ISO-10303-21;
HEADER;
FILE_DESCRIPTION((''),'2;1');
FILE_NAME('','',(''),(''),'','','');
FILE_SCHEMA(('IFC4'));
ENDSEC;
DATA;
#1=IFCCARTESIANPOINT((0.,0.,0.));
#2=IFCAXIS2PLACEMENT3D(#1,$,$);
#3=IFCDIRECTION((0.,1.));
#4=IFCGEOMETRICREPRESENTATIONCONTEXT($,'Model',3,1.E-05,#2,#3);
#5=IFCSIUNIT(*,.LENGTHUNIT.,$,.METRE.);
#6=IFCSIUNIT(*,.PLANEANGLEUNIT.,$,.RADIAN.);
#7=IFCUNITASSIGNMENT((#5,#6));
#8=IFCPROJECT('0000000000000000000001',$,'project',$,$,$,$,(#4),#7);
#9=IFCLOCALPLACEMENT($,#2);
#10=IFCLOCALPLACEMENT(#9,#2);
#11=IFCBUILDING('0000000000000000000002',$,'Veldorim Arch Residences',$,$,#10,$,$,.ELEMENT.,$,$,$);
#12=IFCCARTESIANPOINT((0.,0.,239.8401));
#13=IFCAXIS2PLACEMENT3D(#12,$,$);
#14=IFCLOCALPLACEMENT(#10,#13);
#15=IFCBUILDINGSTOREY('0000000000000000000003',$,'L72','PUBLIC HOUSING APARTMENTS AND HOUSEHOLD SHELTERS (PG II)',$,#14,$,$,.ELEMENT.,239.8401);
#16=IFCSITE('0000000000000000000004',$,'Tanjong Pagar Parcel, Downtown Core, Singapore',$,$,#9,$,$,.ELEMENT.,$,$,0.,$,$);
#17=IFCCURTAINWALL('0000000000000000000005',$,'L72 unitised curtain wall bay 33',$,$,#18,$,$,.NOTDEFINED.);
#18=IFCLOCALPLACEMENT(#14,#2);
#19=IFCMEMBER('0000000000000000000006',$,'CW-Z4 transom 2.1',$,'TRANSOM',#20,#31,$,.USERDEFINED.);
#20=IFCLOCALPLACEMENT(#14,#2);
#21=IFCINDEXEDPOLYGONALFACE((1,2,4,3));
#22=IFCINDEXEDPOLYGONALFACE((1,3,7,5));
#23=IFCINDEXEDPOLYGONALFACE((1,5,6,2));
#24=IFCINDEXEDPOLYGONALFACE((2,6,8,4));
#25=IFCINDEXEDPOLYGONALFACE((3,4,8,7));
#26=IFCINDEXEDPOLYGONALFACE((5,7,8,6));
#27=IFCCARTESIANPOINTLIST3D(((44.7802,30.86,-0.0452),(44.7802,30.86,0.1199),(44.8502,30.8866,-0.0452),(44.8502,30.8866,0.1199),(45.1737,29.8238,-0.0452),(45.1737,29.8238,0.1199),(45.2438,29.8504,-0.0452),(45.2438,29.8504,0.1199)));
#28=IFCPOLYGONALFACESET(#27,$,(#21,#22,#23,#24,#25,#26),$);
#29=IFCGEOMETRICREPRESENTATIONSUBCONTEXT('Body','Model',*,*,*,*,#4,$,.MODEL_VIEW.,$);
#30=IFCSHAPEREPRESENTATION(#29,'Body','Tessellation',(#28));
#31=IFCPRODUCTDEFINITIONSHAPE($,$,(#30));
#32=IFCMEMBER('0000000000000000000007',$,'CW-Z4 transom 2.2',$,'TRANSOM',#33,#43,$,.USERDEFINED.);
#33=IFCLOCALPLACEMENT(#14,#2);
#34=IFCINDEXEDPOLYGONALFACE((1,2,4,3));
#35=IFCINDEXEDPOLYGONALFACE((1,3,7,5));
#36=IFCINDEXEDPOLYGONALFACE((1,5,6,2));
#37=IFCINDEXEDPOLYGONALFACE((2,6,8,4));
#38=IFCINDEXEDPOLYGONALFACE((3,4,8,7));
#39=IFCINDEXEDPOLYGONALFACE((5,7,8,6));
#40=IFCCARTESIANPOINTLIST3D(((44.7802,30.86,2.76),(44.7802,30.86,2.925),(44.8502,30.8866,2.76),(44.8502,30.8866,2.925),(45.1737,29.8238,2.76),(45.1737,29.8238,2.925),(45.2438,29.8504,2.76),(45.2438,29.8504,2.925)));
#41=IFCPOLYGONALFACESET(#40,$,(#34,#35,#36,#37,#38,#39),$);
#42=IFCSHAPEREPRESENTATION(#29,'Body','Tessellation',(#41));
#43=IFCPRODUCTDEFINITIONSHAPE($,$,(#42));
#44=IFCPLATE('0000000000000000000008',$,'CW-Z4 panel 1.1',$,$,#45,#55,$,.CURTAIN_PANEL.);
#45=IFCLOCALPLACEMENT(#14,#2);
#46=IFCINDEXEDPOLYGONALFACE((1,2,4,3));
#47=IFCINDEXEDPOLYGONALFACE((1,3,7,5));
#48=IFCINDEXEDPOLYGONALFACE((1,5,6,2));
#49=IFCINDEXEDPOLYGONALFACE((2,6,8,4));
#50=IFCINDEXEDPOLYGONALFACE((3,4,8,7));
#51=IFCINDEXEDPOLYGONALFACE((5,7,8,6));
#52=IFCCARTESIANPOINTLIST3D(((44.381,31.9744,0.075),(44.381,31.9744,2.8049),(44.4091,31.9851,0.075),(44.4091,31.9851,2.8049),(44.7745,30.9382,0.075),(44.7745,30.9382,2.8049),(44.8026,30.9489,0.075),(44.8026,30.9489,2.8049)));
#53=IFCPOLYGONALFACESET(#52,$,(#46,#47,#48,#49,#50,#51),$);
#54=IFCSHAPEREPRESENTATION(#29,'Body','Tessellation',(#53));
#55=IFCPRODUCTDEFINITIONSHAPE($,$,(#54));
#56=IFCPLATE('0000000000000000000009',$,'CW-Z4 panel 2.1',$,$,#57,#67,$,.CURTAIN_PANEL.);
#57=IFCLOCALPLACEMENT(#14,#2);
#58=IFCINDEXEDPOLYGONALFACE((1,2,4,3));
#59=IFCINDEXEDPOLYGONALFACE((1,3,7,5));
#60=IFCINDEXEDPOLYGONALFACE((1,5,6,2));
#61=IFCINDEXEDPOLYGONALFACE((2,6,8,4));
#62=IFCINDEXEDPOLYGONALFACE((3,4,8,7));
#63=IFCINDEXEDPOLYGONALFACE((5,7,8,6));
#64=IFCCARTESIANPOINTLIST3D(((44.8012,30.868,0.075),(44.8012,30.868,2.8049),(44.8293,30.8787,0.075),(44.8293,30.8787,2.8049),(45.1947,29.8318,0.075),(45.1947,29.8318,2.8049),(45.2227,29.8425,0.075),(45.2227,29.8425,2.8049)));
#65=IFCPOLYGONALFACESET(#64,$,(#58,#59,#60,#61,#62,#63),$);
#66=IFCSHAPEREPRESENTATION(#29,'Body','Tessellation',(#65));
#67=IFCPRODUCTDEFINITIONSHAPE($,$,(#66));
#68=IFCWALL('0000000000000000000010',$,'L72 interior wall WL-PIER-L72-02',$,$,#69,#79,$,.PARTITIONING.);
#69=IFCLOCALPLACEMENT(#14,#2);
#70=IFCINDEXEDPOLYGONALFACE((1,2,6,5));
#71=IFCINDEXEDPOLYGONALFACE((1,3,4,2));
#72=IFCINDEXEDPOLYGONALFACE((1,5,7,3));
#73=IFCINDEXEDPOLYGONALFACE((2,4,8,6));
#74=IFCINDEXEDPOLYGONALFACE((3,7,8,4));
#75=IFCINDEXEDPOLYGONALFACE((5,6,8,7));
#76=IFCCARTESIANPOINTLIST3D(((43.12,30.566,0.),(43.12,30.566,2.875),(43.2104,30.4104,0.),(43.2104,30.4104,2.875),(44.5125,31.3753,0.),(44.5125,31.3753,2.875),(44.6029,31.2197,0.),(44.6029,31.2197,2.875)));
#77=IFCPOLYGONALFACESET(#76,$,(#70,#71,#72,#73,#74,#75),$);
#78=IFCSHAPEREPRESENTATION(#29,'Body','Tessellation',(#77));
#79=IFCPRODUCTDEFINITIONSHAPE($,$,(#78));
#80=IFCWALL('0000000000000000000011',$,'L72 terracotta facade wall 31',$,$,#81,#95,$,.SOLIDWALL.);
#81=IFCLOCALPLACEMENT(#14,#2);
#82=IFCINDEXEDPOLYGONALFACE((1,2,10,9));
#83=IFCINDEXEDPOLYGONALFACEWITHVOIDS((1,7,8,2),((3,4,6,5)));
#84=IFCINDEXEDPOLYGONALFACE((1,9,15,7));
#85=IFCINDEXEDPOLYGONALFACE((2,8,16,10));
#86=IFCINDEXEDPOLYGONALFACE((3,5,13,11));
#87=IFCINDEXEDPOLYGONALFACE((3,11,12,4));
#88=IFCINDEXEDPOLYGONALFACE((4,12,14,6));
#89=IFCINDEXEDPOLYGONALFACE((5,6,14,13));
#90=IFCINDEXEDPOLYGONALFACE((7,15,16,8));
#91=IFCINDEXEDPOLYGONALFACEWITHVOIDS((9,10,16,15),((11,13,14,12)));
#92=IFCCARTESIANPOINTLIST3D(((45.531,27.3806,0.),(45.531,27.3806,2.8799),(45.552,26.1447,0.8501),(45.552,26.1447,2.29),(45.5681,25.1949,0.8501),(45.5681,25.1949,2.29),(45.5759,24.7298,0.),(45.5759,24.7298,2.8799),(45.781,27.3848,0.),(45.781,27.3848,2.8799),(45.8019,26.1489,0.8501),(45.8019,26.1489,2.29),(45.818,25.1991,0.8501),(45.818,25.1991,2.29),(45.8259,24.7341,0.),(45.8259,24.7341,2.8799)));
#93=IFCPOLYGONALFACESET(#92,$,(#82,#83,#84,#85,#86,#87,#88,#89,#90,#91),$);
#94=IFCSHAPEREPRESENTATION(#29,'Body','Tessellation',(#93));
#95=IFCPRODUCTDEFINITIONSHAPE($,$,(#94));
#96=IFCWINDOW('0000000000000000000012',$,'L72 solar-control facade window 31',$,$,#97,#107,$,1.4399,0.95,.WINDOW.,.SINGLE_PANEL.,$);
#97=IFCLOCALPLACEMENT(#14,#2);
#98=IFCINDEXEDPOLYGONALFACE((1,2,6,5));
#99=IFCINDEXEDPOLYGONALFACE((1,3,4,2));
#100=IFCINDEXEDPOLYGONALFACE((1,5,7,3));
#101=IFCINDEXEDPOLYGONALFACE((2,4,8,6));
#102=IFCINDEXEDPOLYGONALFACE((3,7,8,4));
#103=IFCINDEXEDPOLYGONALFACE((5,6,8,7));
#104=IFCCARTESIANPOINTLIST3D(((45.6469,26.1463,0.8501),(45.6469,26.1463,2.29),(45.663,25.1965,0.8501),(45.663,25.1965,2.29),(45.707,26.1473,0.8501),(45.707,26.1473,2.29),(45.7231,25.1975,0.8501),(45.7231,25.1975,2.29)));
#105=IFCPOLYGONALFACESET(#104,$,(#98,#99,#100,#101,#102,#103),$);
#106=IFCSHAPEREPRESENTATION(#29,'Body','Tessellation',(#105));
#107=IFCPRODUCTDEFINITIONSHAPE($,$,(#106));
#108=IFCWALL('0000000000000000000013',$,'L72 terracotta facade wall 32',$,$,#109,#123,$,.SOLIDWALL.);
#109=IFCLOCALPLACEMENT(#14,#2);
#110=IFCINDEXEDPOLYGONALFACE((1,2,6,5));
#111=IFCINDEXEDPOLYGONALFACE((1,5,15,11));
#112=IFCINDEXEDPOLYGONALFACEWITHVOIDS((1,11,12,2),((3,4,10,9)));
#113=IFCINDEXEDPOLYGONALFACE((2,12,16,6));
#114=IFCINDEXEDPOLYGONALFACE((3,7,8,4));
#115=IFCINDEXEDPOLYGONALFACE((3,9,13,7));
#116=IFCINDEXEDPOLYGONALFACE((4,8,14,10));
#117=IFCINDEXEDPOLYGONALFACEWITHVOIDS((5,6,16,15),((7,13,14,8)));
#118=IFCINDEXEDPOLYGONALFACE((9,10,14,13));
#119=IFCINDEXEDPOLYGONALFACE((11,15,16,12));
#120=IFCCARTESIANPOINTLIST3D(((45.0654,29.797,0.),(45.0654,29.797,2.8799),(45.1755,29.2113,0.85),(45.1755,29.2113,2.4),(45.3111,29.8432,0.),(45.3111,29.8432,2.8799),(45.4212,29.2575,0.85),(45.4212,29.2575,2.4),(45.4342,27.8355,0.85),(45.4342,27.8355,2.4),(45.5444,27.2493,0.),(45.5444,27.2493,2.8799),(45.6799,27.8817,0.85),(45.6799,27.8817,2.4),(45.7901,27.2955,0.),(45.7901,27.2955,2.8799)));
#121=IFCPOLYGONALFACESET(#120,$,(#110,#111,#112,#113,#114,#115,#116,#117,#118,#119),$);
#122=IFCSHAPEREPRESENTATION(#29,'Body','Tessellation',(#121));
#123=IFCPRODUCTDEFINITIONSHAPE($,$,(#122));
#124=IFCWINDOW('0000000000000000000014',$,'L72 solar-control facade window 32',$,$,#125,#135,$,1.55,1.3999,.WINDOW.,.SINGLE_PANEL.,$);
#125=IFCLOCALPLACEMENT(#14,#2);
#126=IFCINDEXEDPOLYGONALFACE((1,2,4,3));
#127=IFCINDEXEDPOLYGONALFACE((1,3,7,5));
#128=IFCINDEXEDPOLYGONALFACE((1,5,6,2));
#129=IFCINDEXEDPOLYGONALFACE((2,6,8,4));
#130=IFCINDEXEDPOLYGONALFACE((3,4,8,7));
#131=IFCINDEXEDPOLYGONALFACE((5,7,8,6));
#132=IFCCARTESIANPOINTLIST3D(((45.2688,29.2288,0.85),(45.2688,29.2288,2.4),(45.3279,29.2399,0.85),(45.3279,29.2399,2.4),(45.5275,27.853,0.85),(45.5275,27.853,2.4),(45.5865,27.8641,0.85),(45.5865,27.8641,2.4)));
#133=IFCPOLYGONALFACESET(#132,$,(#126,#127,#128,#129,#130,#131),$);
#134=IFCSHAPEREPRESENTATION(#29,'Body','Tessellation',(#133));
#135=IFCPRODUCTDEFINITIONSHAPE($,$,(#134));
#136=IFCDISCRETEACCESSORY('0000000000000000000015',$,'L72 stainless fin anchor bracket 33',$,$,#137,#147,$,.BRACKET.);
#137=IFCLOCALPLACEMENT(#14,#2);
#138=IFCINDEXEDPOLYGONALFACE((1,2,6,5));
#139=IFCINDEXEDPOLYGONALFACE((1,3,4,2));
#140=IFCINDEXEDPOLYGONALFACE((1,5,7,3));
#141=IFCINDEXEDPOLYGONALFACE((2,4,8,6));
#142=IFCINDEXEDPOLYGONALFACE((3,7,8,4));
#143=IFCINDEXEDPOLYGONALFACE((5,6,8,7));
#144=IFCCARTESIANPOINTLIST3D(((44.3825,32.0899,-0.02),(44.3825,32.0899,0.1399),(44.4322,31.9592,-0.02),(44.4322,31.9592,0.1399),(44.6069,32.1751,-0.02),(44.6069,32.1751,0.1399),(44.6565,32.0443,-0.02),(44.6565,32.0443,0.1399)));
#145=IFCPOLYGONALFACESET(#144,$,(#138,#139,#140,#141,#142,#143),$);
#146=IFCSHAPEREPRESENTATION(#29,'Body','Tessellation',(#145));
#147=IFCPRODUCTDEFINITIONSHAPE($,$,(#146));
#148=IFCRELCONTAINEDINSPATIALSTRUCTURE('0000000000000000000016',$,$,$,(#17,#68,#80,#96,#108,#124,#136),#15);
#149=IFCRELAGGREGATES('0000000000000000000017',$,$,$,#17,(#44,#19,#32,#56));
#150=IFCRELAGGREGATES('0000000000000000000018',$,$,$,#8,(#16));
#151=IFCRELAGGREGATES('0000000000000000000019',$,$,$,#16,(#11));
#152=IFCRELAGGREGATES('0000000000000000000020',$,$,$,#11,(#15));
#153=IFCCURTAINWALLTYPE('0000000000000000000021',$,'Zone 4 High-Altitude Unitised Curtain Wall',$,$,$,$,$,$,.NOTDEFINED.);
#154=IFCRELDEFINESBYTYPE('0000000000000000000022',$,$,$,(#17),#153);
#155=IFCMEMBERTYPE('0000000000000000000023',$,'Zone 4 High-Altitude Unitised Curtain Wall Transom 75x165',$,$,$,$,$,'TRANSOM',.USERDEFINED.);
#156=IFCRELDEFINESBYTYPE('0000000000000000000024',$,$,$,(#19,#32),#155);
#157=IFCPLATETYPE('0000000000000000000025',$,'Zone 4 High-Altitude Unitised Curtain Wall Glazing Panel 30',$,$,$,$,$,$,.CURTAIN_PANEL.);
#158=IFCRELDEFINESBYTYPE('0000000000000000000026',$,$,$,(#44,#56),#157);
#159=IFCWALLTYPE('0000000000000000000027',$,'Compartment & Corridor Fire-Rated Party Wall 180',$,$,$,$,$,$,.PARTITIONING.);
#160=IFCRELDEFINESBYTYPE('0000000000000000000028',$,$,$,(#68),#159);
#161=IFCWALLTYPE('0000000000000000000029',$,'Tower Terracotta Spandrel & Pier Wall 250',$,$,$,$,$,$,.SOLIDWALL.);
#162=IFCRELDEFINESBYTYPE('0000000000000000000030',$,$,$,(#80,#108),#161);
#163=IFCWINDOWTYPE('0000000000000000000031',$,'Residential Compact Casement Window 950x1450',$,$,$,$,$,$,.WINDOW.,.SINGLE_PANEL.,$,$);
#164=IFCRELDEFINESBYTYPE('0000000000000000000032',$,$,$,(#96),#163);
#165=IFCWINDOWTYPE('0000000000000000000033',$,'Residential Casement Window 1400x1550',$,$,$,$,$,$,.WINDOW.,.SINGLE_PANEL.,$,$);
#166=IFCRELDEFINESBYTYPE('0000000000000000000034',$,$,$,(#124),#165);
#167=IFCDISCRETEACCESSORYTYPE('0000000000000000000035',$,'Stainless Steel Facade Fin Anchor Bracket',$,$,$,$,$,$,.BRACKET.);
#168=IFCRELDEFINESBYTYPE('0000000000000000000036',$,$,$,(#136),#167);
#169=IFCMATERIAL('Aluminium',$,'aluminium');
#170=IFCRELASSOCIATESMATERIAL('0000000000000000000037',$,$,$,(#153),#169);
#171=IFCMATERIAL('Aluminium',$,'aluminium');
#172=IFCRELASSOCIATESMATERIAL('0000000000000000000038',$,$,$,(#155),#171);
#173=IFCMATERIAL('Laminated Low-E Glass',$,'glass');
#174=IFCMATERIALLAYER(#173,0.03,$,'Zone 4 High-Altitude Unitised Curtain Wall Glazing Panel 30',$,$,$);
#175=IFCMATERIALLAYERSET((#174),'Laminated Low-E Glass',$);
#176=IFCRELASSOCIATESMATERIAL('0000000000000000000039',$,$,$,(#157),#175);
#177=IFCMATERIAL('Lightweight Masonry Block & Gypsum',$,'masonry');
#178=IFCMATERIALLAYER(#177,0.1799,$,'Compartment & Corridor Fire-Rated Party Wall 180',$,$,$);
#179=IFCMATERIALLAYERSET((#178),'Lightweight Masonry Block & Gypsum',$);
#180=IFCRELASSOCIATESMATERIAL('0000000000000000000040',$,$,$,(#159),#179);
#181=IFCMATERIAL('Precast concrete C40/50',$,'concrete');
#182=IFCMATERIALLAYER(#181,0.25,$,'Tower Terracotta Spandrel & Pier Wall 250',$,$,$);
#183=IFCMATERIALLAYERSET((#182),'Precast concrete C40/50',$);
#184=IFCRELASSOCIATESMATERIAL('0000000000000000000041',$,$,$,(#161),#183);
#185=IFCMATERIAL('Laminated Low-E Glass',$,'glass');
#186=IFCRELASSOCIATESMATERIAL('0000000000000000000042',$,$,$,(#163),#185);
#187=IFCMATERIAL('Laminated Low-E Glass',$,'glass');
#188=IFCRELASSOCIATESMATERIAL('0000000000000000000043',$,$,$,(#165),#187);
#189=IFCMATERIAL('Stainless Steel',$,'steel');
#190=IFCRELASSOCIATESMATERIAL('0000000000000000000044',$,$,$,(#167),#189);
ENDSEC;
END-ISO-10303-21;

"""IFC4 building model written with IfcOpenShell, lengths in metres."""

from ifc_helpers import new_model, si_unit, direction, frame, frame_2d, origin, origin_2d, place, context, subcontext, project, spatial, rectangle, extrude, material, layer, layer_set, material_profile, profile_set, type_object, element, fill, aggregate, save


model = new_model("IFC4")

# Units and contexts
model_context = context("Model", 3, precision=1e-05, world=origin(), true_north=direction((0.0, 1.0)))
body_context = subcontext(model_context, "Body", "Model", "MODEL_VIEW")
ifc_project = project(units=[si_unit("LENGTHUNIT", "METRE"), si_unit("PLANEANGLEUNIT", "RADIAN")], contexts=[model_context])

# Site, building, storey
site_placement = place(None, origin())
site = spatial("IfcSite", under=ifc_project, at=site_placement, Name="Tanjong Pagar Parcel, Downtown Core, Singapore", CompositionType="ELEMENT", RefElevation=0.0)
building_placement = place(site_placement, origin())
building = spatial("IfcBuilding", under=site, at=building_placement, Name="Veldorim Arch Residences", CompositionType="ELEMENT")
storey_placement = place(building_placement, frame((0.0, 0.0, 239.8401)))
storey = spatial("IfcBuildingStorey", under=building, at=storey_placement, Name="L72", Description="PUBLIC HOUSING APARTMENTS AND HOUSEHOLD SHELTERS (PG II)", CompositionType="ELEMENT", Elevation=239.8401)

# Curtain wall, members, plates
ifc_material_1 = material(Name="Aluminium", Category="aluminium")
curtain_wall_type = type_object("IfcCurtainWallType", Name="Zone 4 High-Altitude Unitised Curtain Wall", PredefinedType="NOTDEFINED", material=ifc_material_1)
curtain_wall_placement = place(storey_placement, origin())
curtain_wall = element("IfcCurtainWall", 1, at=curtain_wall_placement, inside=storey, type_object=curtain_wall_type, Name="L72 unitised curtain wall bay 33", PredefinedType="NOTDEFINED")
ifc_material_2 = material(Name="Aluminium", Category="aluminium")
ifc_material_profile_1 = material_profile(ifc_material_2, rectangle(XDim=0.075, YDim=0.165, at=origin_2d()), Name="ALU_TRN_75x165")
ifc_profile_set_1 = profile_set([ifc_material_profile_1], Name="Aluminium")
member_type_1 = type_object("IfcMemberType", Name="Zone 4 High-Altitude Unitised Curtain Wall Transom 75x165", ElementType="TRANSOM", PredefinedType="USERDEFINED", material=ifc_profile_set_1)
member_1_placement = place(storey_placement, frame((44.8152, 30.8733, 0.0374), z_axis=(0.355079, -0.934836, 0.0), x_axis=(0.934836, 0.355079, 0.0)))
member_1 = element("IfcMember", 2, at=member_1_placement, type_object=member_type_1, Name="CW-Z4 transom 2.1", ObjectType="TRANSOM", PredefinedType="USERDEFINED", context=body_context, shape_type="SweptSolid", body=[
    extrude(rectangle(XDim=0.075, YDim=0.165, at=origin_2d()), origin(), (0.0, 0.0, 1.0), 1.1084),
])
member_2_placement = place(storey_placement, frame((44.8152, 30.8733, 2.8425), z_axis=(0.355079, -0.934836, 0.0), x_axis=(0.934836, 0.355079, 0.0)))
member_2 = element("IfcMember", 3, at=member_2_placement, type_object=member_type_1, Name="CW-Z4 transom 2.2", ObjectType="TRANSOM", PredefinedType="USERDEFINED", context=body_context, shape_type="SweptSolid", body=[
    extrude(rectangle(XDim=0.075, YDim=0.165, at=origin_2d()), origin(), (0.0, 0.0, 1.0), 1.1084),
])
ifc_material_3 = material(Name="Laminated Low-E Glass", Category="glass")
ifc_layer_1 = layer(ifc_material_3, 0.03, Name="Zone 4 High-Altitude Unitised Curtain Wall Glazing Panel 30")
ifc_layer_set_1 = layer_set([ifc_layer_1], Name="Laminated Low-E Glass")
plate_type = type_object("IfcPlateType", Name="Zone 4 High-Altitude Unitised Curtain Wall Glazing Panel 30", PredefinedType="CURTAIN_PANEL", material=ifc_layer_set_1)
plate_1_placement = place(storey_placement, frame((44.5918, 31.4617, 0.075), z_axis=(0.0, 0.0, 1.0), x_axis=(0.355002, -0.934865, 0.0)))
plate_1 = element("IfcPlate", 4, at=plate_1_placement, type_object=plate_type, Name="CW-Z4 panel 1.1", PredefinedType="CURTAIN_PANEL", context=body_context, shape_type="SweptSolid", body=[
    extrude(rectangle(XDim=1.1084, YDim=0.03, at=origin_2d()), origin(), (0.0, 0.0, 1.0), 2.73),
])
plate_2_placement = place(storey_placement, frame((45.012, 30.3552, 0.075), z_axis=(0.0, 0.0, 1.0), x_axis=(0.355002, -0.934865, 0.0)))
plate_2 = element("IfcPlate", 5, at=plate_2_placement, type_object=plate_type, Name="CW-Z4 panel 2.1", PredefinedType="CURTAIN_PANEL", context=body_context, shape_type="SweptSolid", body=[
    extrude(rectangle(XDim=1.1084, YDim=0.03, at=origin_2d()), origin(), (0.0, 0.0, 1.0), 2.73),
])
aggregate(curtain_wall, [plate_1, member_1, member_2, plate_2])

# Wall
ifc_material_4 = material(Name="Lightweight Masonry Block & Gypsum", Category="masonry")
ifc_layer_2 = layer(ifc_material_4, 0.1799, Name="Compartment & Corridor Fire-Rated Party Wall 180")
ifc_layer_set_2 = layer_set([ifc_layer_2], Name="Lightweight Masonry Block & Gypsum")
wall_type_1 = type_object("IfcWallType", Name="Compartment & Corridor Fire-Rated Party Wall 180", PredefinedType="PARTITIONING", material=ifc_layer_set_2)
wall_1_placement = place(storey_placement, frame((43.1653, 30.4883, 0.0), z_axis=(0.0, 0.0, 1.0), x_axis=(0.864591, 0.502476, 0.0)))
element("IfcWall", 6, at=wall_1_placement, inside=storey, type_object=wall_type_1, Name="L72 interior wall WL-PIER-L72-02", PredefinedType="PARTITIONING", context=body_context, shape_type="SweptSolid", body=[
    extrude(rectangle(XDim=1.6106, YDim=0.1799, at=frame_2d((0.8052, 0.0))), origin(), (0.0, 0.0, 1.0), 2.875),
])

# Walls, openings, windows
ifc_material_5 = material(Name="Precast concrete C40/50", Category="concrete")
ifc_layer_3 = layer(ifc_material_5, 0.25, Name="Tower Terracotta Spandrel & Pier Wall 250")
ifc_layer_set_3 = layer_set([ifc_layer_3], Name="Precast concrete C40/50")
wall_type_2 = type_object("IfcWallType", Name="Tower Terracotta Spandrel & Pier Wall 250", PredefinedType="SOLIDWALL", material=ifc_layer_set_3)
wall_2_placement = place(storey_placement, frame((45.656, 27.3828, 0.0), z_axis=(0.0, 0.0, 1.0), x_axis=(0.016945, -0.999856, 0.0)))
wall_2 = element("IfcWall", 7, at=wall_2_placement, inside=storey, type_object=wall_type_2, Name="L72 terracotta facade wall 31", PredefinedType="SOLIDWALL", context=body_context, shape_type="SweptSolid", body=[
    extrude(rectangle(XDim=2.6511, YDim=0.25, at=frame_2d((1.3257, 0.0))), origin(), (0.0, 0.0, 1.0), 2.8799),
])
opening_1_placement = place(wall_2_placement, frame((1.2361, 0.0, 0.8501)))
opening_1 = element("IfcOpeningElement", 8, at=opening_1_placement, cuts=wall_2, PredefinedType="OPENING", context=body_context, shape_type="SweptSolid", body=[
    extrude(rectangle(XDim=0.95, YDim=1.4399, at=frame_2d((0.4751, 0.72))), frame((0.0, 0.135, 0.0), z_axis=(0.0, -1.0, 0.0), x_axis=(1.0, 0.0, 0.0)), (0.0, 0.0, 1.0), 0.27),
])
ifc_material_6 = material(Name="Laminated Low-E Glass", Category="glass")
window_type_1 = type_object("IfcWindowType", Name="Residential Compact Casement Window 950x1450", PartitioningType="SINGLE_PANEL", PredefinedType="WINDOW", material=ifc_material_6)
window_1_placement = place(opening_1_placement, origin())
window_1 = element("IfcWindow", 9, at=window_1_placement, inside=storey, type_object=window_type_1, Name="L72 solar-control facade window 31", OverallHeight=1.4399, OverallWidth=0.95, PartitioningType="SINGLE_PANEL", PredefinedType="WINDOW", context=body_context, shape_type="SweptSolid", body=[
    extrude(rectangle(XDim=0.95, YDim=1.4399, at=frame_2d((0.4751, 0.72))), frame((0.0, 0.03, 0.0), z_axis=(0.0, -1.0, 0.0), x_axis=(1.0, 0.0, 0.0)), (0.0, 0.0, 1.0), 0.0601),
])
fill(opening_1, window_1)
wall_3_placement = place(storey_placement, frame((45.1882, 29.8201, 0.0), z_axis=(0.0, 0.0, 1.0), x_axis=(0.184783, -0.982779, 0.0)))
wall_3 = element("IfcWall", 10, at=wall_3_placement, inside=storey, type_object=wall_type_2, Name="L72 terracotta facade wall 32", PredefinedType="SOLIDWALL", context=body_context, shape_type="SweptSolid", body=[
    extrude(rectangle(XDim=2.5923, YDim=0.25, at=frame_2d((1.2961, 0.0))), origin(), (0.0, 0.0, 1.0), 2.8799),
])
opening_2_placement = place(wall_3_placement, frame((0.5959, 0.0, 0.8501)))
opening_2 = element("IfcOpeningElement", 11, at=opening_2_placement, cuts=wall_3, PredefinedType="OPENING", context=body_context, shape_type="SweptSolid", body=[
    extrude(rectangle(XDim=1.3999, YDim=1.55, at=frame_2d((0.7, 0.7749))), frame((0.0, 0.135, 0.0), z_axis=(0.0, -1.0, 0.0), x_axis=(1.0, 0.0, 0.0)), (0.0, 0.0, 1.0), 0.27),
])
ifc_material_7 = material(Name="Laminated Low-E Glass", Category="glass")
window_type_2 = type_object("IfcWindowType", Name="Residential Casement Window 1400x1550", PartitioningType="SINGLE_PANEL", PredefinedType="WINDOW", material=ifc_material_7)
window_2_placement = place(opening_2_placement, origin())
window_2 = element("IfcWindow", 12, at=window_2_placement, inside=storey, type_object=window_type_2, Name="L72 solar-control facade window 32", OverallHeight=1.55, OverallWidth=1.3999, PartitioningType="SINGLE_PANEL", PredefinedType="WINDOW", context=body_context, shape_type="SweptSolid", body=[
    extrude(rectangle(XDim=1.3999, YDim=1.55, at=frame_2d((0.7, 0.7749))), frame((0.0, 0.03, 0.0), z_axis=(0.0, -1.0, 0.0), x_axis=(1.0, 0.0, 0.0)), (0.0, 0.0, 1.0), 0.0601),
])
fill(opening_2, window_2)

# Discrete accessory
ifc_material_8 = material(Name="Stainless Steel", Category="steel")
discrete_accessory_type = type_object("IfcDiscreteAccessoryType", Name="Stainless Steel Facade Fin Anchor Bracket", PredefinedType="BRACKET", material=ifc_material_8)
discrete_accessory_placement = place(storey_placement, frame((44.5195, 32.0671, -0.02), z_axis=(0.0, 0.0, 1.0), x_axis=(0.354944, -0.934888, 0.0)))
element("IfcDiscreteAccessory", 13, at=discrete_accessory_placement, inside=storey, type_object=discrete_accessory_type, Name="L72 stainless fin anchor bracket 33", PredefinedType="BRACKET", context=body_context, shape_type="SweptSolid", body=[
    extrude(rectangle(XDim=0.1399, YDim=0.24, at=origin_2d()), origin(), (0.0, 0.0, 1.0), 0.1599),
])

save(model, "model.ifc")
